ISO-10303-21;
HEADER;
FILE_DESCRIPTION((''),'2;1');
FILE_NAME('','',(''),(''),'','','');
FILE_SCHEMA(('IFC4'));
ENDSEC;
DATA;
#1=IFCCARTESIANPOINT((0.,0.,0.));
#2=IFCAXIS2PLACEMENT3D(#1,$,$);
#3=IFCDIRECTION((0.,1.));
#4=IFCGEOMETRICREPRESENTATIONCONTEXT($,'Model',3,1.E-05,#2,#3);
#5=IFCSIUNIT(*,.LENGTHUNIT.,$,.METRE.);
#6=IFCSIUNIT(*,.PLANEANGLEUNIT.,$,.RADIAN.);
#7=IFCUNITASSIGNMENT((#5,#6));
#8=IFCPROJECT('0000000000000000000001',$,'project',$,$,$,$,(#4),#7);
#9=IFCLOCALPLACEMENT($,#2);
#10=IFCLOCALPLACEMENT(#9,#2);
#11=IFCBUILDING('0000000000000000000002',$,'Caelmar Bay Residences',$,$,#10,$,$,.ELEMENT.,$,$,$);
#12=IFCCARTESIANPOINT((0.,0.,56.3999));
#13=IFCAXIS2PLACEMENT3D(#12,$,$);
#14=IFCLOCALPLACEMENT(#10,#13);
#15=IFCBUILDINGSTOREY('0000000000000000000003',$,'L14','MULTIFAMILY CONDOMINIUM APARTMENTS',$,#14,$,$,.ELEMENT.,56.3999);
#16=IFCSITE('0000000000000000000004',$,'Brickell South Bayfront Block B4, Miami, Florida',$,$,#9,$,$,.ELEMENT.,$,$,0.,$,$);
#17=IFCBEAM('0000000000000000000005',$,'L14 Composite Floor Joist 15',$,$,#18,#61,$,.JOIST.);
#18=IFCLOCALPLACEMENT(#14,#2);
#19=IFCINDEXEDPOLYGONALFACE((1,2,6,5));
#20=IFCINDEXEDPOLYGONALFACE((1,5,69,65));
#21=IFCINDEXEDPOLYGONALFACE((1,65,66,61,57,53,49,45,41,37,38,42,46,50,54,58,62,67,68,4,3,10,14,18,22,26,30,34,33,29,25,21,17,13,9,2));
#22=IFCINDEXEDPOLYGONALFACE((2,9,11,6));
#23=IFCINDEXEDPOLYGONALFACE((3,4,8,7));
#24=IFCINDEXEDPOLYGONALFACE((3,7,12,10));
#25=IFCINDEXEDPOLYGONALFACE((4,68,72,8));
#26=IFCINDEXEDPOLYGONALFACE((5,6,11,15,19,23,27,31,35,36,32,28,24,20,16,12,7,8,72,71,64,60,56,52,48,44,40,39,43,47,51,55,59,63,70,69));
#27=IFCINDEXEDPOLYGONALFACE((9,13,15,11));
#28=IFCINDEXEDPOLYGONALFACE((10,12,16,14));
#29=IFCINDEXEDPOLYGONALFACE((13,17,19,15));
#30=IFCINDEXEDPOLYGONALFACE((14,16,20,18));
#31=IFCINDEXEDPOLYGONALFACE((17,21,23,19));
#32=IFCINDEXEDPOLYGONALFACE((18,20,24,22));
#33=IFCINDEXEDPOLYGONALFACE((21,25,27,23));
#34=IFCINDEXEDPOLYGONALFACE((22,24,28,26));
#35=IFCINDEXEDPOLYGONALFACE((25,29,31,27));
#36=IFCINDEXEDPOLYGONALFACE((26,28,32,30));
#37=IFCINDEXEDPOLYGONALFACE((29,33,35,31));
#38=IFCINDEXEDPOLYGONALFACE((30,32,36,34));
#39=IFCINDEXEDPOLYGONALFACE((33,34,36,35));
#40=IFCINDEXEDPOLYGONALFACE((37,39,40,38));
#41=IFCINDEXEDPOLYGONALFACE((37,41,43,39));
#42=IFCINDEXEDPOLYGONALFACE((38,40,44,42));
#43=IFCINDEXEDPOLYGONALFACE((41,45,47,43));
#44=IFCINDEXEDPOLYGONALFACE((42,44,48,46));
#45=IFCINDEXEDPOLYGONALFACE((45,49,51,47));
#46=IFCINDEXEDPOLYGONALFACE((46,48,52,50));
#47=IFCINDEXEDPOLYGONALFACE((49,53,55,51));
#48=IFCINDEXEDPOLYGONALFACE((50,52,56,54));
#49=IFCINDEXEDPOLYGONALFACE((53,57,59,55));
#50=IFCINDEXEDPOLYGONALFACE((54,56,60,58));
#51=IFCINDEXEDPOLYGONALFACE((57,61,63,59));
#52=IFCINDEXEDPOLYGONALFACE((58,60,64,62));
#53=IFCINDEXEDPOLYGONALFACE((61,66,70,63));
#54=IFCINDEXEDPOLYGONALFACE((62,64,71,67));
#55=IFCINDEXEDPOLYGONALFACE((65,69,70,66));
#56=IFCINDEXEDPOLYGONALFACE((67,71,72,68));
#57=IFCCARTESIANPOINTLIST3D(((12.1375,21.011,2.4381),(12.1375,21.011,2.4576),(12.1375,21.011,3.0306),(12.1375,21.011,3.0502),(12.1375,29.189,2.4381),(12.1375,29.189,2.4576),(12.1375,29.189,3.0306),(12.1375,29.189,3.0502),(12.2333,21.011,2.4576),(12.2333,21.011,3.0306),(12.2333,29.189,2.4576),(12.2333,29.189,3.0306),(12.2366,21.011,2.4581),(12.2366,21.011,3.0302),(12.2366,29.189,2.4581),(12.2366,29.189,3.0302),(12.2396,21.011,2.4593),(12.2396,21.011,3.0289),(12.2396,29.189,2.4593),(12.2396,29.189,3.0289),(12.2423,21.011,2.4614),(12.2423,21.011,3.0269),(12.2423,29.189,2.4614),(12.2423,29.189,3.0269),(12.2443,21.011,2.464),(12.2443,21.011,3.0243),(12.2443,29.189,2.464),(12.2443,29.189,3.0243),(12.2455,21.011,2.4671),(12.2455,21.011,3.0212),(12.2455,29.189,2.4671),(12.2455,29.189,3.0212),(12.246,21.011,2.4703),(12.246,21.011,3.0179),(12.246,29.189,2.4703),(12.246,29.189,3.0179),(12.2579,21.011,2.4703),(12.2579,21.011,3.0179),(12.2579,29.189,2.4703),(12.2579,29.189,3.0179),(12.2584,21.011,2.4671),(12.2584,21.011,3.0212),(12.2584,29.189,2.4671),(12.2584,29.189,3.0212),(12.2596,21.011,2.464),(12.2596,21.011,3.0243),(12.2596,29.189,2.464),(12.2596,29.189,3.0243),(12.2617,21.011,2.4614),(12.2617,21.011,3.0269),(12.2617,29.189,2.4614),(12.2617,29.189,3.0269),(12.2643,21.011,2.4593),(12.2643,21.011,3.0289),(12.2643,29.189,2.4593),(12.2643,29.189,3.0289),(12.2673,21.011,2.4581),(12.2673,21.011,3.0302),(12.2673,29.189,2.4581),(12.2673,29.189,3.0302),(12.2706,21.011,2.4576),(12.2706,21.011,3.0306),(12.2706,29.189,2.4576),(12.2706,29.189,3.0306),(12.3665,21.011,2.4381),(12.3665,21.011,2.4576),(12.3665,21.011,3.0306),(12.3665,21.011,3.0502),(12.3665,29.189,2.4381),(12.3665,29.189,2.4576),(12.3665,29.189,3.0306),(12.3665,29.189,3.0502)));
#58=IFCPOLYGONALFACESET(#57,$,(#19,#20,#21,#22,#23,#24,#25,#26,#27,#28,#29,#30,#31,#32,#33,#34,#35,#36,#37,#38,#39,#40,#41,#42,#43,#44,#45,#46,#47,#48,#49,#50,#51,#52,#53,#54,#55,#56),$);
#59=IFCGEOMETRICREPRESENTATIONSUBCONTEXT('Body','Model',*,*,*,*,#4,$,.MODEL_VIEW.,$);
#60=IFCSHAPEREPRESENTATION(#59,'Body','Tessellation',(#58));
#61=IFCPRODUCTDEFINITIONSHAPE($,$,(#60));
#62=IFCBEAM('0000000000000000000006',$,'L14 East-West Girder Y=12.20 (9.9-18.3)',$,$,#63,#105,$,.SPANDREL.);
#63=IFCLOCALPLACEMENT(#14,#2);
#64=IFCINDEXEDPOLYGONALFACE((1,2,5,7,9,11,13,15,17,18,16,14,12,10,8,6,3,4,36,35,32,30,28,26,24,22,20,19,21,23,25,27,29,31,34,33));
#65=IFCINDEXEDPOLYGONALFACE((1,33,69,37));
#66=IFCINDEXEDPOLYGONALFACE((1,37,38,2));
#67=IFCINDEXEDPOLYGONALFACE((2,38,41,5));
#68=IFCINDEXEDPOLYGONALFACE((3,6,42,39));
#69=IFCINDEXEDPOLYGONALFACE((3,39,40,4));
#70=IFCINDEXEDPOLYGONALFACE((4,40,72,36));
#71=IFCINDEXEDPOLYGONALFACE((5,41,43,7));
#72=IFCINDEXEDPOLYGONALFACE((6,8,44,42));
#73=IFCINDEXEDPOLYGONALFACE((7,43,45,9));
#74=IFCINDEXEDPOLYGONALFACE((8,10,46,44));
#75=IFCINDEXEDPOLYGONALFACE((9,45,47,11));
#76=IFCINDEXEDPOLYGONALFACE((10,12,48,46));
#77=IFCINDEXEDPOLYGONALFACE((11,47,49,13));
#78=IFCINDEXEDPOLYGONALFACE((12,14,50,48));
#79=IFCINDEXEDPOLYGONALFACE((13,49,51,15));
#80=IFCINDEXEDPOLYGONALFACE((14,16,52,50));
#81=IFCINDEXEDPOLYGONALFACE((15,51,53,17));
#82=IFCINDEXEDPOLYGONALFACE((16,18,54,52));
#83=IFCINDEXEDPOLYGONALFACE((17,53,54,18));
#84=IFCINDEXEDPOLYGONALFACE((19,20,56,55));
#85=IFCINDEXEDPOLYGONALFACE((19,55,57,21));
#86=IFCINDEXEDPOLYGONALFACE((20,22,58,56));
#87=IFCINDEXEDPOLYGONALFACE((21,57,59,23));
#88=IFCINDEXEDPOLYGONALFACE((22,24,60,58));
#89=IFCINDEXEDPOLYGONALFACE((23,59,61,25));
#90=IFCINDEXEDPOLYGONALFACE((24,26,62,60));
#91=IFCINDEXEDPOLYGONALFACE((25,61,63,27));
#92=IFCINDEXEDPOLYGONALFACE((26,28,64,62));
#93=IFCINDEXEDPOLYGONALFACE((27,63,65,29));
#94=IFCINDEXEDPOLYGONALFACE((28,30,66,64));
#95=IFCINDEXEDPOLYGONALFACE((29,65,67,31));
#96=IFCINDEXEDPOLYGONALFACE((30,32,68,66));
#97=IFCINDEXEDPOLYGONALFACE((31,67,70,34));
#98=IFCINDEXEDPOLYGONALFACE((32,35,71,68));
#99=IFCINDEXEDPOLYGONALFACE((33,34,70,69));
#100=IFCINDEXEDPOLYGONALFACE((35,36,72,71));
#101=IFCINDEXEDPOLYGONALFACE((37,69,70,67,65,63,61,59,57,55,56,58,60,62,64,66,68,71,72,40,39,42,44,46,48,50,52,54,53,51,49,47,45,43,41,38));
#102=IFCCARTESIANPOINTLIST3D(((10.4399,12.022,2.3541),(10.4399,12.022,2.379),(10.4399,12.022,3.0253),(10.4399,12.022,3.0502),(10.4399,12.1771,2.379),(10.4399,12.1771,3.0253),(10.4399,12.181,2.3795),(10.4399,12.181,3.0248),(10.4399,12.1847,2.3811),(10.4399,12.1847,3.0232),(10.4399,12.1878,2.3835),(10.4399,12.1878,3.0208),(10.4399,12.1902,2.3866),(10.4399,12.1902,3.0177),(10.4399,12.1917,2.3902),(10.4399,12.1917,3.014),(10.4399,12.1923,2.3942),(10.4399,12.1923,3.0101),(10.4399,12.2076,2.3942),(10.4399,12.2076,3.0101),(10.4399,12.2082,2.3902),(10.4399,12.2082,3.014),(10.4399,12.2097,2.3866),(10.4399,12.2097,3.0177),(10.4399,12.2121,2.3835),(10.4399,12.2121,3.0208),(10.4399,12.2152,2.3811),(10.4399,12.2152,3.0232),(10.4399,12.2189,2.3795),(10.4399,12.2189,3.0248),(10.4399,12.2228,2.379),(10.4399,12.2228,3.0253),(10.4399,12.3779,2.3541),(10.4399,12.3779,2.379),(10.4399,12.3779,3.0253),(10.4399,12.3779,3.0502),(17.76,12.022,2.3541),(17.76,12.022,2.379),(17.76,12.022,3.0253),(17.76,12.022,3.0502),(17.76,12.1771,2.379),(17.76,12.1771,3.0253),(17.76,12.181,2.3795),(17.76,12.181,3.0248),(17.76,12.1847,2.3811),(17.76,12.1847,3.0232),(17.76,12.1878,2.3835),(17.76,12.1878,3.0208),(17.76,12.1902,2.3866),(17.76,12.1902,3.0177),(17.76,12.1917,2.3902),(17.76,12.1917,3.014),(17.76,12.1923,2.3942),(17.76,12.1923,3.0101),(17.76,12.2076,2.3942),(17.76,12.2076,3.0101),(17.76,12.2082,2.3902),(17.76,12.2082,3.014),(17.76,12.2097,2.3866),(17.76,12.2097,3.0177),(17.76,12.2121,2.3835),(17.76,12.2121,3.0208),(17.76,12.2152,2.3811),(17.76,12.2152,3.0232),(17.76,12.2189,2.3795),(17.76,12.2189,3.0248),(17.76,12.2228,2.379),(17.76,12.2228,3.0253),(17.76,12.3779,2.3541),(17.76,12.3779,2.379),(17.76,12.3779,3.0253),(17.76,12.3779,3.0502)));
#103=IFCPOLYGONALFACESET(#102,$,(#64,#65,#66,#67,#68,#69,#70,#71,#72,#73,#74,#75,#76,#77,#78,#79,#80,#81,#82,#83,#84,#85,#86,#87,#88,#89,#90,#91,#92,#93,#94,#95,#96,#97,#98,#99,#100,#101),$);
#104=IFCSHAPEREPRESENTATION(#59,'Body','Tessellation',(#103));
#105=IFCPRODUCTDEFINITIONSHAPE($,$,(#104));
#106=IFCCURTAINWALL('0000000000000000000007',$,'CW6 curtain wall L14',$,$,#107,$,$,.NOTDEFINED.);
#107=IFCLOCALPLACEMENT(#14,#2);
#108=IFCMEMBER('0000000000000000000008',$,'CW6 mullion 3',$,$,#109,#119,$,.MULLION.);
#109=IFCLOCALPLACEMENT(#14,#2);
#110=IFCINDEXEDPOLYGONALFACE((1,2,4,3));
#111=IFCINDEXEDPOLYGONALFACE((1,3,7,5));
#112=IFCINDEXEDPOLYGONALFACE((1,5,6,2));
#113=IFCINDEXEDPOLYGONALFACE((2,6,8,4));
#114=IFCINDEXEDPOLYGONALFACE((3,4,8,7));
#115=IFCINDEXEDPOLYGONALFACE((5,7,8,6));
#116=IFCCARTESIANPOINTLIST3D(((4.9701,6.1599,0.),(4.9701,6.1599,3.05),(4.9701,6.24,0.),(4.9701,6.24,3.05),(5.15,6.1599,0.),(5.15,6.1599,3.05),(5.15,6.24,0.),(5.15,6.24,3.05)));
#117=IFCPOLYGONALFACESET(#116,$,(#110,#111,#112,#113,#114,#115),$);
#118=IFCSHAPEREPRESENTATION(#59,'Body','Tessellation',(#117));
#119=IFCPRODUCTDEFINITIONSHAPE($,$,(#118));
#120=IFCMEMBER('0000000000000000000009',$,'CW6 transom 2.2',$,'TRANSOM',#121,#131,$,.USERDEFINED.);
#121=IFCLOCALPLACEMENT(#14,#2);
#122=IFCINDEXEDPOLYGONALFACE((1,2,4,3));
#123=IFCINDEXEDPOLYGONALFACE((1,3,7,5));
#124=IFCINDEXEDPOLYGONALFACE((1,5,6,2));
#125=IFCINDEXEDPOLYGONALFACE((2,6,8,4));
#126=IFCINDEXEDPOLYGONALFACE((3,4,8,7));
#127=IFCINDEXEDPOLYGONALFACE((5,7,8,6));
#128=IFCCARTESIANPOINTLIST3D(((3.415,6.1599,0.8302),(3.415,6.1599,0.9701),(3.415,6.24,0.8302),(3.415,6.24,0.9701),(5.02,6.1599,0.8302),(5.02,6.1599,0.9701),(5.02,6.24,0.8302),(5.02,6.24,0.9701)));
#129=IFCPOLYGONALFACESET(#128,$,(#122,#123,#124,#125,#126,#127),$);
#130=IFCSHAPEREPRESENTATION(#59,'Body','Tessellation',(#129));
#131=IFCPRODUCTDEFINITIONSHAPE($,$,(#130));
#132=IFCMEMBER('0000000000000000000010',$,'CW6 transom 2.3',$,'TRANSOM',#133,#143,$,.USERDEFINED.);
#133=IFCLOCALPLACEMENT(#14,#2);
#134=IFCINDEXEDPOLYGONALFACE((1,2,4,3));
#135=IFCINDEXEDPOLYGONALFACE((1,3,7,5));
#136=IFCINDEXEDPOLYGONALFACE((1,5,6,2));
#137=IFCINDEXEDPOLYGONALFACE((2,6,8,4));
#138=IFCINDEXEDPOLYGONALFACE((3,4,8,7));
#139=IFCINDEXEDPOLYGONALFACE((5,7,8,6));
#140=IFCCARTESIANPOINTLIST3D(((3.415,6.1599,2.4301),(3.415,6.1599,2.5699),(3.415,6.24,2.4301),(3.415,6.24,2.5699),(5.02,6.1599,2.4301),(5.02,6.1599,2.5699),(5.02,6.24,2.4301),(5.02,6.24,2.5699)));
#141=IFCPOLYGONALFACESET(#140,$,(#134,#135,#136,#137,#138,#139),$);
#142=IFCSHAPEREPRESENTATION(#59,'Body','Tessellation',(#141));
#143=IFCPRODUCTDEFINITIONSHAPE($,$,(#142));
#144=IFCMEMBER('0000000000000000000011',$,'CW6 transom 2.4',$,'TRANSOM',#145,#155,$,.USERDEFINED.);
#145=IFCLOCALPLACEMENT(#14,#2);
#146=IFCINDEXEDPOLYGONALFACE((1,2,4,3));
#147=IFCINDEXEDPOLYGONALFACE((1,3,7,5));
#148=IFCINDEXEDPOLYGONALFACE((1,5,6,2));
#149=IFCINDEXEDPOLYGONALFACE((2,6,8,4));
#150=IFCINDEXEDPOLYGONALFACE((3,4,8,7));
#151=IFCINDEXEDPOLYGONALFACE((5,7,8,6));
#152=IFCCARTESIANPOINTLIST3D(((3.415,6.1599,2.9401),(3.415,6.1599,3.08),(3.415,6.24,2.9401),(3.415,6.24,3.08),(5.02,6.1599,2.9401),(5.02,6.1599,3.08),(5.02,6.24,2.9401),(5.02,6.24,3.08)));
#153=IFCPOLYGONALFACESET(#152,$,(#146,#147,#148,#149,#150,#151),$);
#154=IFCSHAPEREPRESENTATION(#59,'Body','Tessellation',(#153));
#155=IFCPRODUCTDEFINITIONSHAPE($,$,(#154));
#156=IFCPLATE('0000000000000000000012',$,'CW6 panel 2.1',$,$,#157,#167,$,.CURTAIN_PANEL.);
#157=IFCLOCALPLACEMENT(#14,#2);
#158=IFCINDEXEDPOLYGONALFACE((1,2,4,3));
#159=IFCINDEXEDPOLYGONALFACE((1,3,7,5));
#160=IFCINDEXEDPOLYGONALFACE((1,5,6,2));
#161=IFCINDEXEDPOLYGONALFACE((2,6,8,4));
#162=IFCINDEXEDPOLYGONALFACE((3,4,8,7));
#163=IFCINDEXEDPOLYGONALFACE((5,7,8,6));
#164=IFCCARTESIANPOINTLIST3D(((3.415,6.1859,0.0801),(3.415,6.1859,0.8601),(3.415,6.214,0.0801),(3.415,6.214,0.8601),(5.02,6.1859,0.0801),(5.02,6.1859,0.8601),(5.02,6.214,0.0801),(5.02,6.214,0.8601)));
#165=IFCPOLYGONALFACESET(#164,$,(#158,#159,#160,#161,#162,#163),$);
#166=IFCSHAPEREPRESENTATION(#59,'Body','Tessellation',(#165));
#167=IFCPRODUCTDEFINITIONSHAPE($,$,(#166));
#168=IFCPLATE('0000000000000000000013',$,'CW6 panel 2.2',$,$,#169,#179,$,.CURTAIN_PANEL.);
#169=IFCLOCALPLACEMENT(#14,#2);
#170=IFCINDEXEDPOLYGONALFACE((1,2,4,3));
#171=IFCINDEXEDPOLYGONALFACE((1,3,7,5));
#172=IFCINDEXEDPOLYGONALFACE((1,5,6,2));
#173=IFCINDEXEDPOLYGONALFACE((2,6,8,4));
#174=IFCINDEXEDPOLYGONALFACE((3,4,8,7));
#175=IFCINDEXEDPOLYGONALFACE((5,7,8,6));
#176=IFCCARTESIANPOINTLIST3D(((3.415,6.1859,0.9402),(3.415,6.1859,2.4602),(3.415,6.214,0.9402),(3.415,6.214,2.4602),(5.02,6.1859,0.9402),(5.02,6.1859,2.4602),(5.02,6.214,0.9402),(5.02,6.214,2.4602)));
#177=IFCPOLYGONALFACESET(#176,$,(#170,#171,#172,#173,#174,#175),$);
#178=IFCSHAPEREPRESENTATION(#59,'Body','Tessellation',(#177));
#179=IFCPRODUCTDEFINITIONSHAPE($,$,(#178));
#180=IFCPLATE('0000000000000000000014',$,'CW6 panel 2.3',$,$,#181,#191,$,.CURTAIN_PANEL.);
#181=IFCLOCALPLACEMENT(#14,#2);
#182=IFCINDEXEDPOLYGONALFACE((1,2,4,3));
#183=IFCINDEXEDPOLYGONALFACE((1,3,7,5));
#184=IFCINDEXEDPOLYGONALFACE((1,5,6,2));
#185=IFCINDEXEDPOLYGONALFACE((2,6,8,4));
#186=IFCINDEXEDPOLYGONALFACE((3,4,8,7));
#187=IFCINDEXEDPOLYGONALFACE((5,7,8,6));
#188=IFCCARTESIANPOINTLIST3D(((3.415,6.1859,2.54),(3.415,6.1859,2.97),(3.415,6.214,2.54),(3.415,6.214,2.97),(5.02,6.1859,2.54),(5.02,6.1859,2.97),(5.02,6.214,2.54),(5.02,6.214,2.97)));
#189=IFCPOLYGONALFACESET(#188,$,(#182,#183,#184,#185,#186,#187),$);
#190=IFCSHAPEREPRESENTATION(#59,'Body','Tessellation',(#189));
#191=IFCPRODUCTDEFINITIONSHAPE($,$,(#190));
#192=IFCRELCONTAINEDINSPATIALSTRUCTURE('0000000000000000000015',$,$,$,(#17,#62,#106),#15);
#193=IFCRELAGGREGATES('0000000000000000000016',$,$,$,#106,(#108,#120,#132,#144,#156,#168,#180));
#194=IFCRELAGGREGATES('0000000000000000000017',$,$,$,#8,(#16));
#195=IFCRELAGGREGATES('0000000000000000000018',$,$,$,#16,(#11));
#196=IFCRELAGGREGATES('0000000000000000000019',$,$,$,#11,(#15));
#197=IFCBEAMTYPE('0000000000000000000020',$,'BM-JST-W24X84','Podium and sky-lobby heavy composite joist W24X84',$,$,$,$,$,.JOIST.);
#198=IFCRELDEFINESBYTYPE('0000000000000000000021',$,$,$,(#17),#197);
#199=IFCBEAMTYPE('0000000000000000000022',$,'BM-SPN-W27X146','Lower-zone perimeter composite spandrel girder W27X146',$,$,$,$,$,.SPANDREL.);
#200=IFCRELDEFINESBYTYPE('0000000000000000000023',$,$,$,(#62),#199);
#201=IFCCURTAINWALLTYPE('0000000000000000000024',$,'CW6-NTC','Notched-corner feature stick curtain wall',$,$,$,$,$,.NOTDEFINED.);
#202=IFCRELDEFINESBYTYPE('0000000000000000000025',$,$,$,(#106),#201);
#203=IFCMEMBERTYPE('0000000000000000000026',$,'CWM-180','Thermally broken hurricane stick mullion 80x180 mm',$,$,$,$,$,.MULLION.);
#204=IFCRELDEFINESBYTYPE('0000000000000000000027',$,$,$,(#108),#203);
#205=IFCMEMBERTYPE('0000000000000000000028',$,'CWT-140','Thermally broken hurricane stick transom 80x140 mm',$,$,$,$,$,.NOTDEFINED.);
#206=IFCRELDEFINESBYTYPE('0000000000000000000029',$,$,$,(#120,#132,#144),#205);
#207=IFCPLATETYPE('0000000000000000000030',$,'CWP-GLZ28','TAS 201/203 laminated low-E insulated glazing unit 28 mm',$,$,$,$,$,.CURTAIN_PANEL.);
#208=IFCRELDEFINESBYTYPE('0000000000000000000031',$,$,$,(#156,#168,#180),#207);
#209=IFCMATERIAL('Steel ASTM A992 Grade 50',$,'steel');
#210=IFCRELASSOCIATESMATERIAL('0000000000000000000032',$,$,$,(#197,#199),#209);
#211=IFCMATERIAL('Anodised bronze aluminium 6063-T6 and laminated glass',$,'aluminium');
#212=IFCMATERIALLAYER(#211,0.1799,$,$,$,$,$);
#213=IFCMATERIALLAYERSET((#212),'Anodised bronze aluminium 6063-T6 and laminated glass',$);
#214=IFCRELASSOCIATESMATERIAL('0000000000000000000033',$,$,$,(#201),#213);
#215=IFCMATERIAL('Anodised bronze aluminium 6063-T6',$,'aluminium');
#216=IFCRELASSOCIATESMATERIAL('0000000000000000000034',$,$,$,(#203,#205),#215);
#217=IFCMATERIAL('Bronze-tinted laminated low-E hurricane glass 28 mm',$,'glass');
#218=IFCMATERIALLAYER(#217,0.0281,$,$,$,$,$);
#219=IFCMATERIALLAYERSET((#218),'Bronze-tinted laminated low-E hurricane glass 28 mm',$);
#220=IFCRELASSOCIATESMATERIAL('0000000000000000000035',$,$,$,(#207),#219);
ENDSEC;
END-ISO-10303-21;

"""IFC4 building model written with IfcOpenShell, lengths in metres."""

from ifc_helpers import new_model, si_unit, direction, frame, origin, origin_2d, place, context, subcontext, project, spatial, rectangle, i_section, extrude, material, layer, layer_set, material_profile, profile_set, type_object, element, aggregate, save


model = new_model("IFC4")

# Units and contexts
model_context = context("Model", 3, precision=1e-05, world=origin(), true_north=direction((0.0, 1.0)))
body_context = subcontext(model_context, "Body", "Model", "MODEL_VIEW")
ifc_project = project(units=[si_unit("LENGTHUNIT", "METRE"), si_unit("PLANEANGLEUNIT", "RADIAN")], contexts=[model_context])

# Site, building, storey
site_placement = place(None, origin())
site = spatial("IfcSite", under=ifc_project, at=site_placement, Name="Brickell South Bayfront Block B4, Miami, Florida", CompositionType="ELEMENT", RefElevation=0.0)
building_placement = place(site_placement, origin())
building = spatial("IfcBuilding", under=site, at=building_placement, Name="Caelmar Bay Residences", CompositionType="ELEMENT")
storey_placement = place(building_placement, frame((0.0, 0.0, 56.3999)))
storey = spatial("IfcBuildingStorey", under=building, at=storey_placement, Name="L14", Description="MULTIFAMILY CONDOMINIUM APARTMENTS", CompositionType="ELEMENT", Elevation=56.3999)

# Beams
ifc_material_1 = material(Name="Steel ASTM A992 Grade 50", Category="steel")
ifc_material_profile_1 = material_profile(ifc_material_1, i_section(OverallWidth=0.229, OverallDepth=0.6121, WebThickness=0.012, FlangeThickness=0.0195, FilletRadius=0.0127, at=origin_2d()), Name="W24X84")
ifc_profile_set_1 = profile_set([ifc_material_profile_1], Name="Steel ASTM A992 Grade 50")
beam_type_1 = type_object("IfcBeamType", Name="BM-JST-W24X84", Description="Podium and sky-lobby heavy composite joist W24X84", PredefinedType="JOIST", material=ifc_profile_set_1)
beam_1_placement = place(storey_placement, frame((12.252, 21.011, 2.7441), z_axis=(0.0, 1.0, 0.0), x_axis=(-1.0, 0.0, 0.0)))
element("IfcBeam", 1, at=beam_1_placement, inside=storey, type_object=beam_type_1, Name="L14 Composite Floor Joist 15", PredefinedType="JOIST", context=body_context, shape_type="SweptSolid", body=[
    extrude(i_section(OverallWidth=0.229, OverallDepth=0.6121, WebThickness=0.012, FlangeThickness=0.0195, FilletRadius=0.0127, at=origin_2d()), origin(), (0.0, 0.0, 1.0), 8.178),
])
ifc_material_profile_2 = material_profile(ifc_material_1, i_section(OverallWidth=0.356, OverallDepth=0.696, WebThickness=0.0154, FlangeThickness=0.0249, FilletRadius=0.0151, at=origin_2d()), Name="W27X146")
ifc_profile_set_2 = profile_set([ifc_material_profile_2], Name="Steel ASTM A992 Grade 50")
beam_type_2 = type_object("IfcBeamType", Name="BM-SPN-W27X146", Description="Lower-zone perimeter composite spandrel girder W27X146", PredefinedType="SPANDREL", material=ifc_profile_set_2)
beam_2_placement = place(storey_placement, frame((10.4399, 12.2, 2.7021), z_axis=(1.0, 0.0, 0.0), x_axis=(0.0, 1.0, 0.0)))
element("IfcBeam", 2, at=beam_2_placement, inside=storey, type_object=beam_type_2, Name="L14 East-West Girder Y=12.20 (9.9-18.3)", PredefinedType="SPANDREL", context=body_context, shape_type="SweptSolid", body=[
    extrude(i_section(OverallWidth=0.356, OverallDepth=0.696, WebThickness=0.0154, FlangeThickness=0.0249, FilletRadius=0.0151, at=origin_2d()), origin(), (0.0, 0.0, 1.0), 7.3201),
])

# Curtain wall, members, plates
ifc_material_2 = material(Name="Anodised bronze aluminium 6063-T6 and laminated glass", Category="aluminium")
ifc_layer_1 = layer(ifc_material_2, 0.1799)
ifc_layer_set_1 = layer_set([ifc_layer_1], Name="Anodised bronze aluminium 6063-T6 and laminated glass")
curtain_wall_type = type_object("IfcCurtainWallType", Name="CW6-NTC", Description="Notched-corner feature stick curtain wall", PredefinedType="NOTDEFINED", material=ifc_layer_set_1)
curtain_wall_placement = place(storey_placement, origin())
curtain_wall = element("IfcCurtainWall", 3, at=curtain_wall_placement, inside=storey, type_object=curtain_wall_type, Name="CW6 curtain wall L14", PredefinedType="NOTDEFINED")
ifc_material_3 = material(Name="Anodised bronze aluminium 6063-T6", Category="aluminium")
ifc_material_profile_3 = material_profile(ifc_material_3, rectangle(XDim=0.0801, YDim=0.1799, at=origin_2d()), Name="CWM-80X180")
ifc_profile_set_3 = profile_set([ifc_material_profile_3], Name="Anodised bronze aluminium 6063-T6")
member_type_1 = type_object("IfcMemberType", Name="CWM-180", Description="Thermally broken hurricane stick mullion 80x180 mm", PredefinedType="MULLION", material=ifc_profile_set_3)
member_1_placement = place(storey_placement, frame((5.0601, 6.2, 0.0), z_axis=(0.0, 0.0, 1.0), x_axis=(0.0, 1.0, 0.0)))
member_1 = element("IfcMember", 4, at=member_1_placement, type_object=member_type_1, Name="CW6 mullion 3", PredefinedType="MULLION", context=body_context, shape_type="SweptSolid", body=[
    extrude(rectangle(XDim=0.0801, YDim=0.1799, at=origin_2d()), origin(), (0.0, 0.0, 1.0), 3.05),
])
ifc_material_profile_4 = material_profile(ifc_material_3, rectangle(XDim=0.0801, YDim=0.1399, at=origin_2d()), Name="CWT-80X140")
ifc_profile_set_4 = profile_set([ifc_material_profile_4], Name="Anodised bronze aluminium 6063-T6")
member_type_2 = type_object("IfcMemberType", Name="CWT-140", Description="Thermally broken hurricane stick transom 80x140 mm", PredefinedType="NOTDEFINED", material=ifc_profile_set_4)
member_2_placement = place(storey_placement, frame((3.415, 6.2, 0.9001), z_axis=(1.0, 0.0, 0.0), x_axis=(0.0, 1.0, 0.0)))
member_2 = element("IfcMember", 5, at=member_2_placement, type_object=member_type_2, Name="CW6 transom 2.2", ObjectType="TRANSOM", PredefinedType="USERDEFINED", context=body_context, shape_type="SweptSolid", body=[
    extrude(rectangle(XDim=0.0801, YDim=0.1399, at=origin_2d()), origin(), (0.0, 0.0, 1.0), 1.605),
])
member_3_placement = place(storey_placement, frame((3.415, 6.2, 2.5), z_axis=(1.0, 0.0, 0.0), x_axis=(0.0, 1.0, 0.0)))
member_3 = element("IfcMember", 6, at=member_3_placement, type_object=member_type_2, Name="CW6 transom 2.3", ObjectType="TRANSOM", PredefinedType="USERDEFINED", context=body_context, shape_type="SweptSolid", body=[
    extrude(rectangle(XDim=0.0801, YDim=0.1399, at=origin_2d()), origin(), (0.0, 0.0, 1.0), 1.605),
])
member_4_placement = place(storey_placement, frame((3.415, 6.2, 3.01), z_axis=(1.0, 0.0, 0.0), x_axis=(0.0, 1.0, 0.0)))
member_4 = element("IfcMember", 7, at=member_4_placement, type_object=member_type_2, Name="CW6 transom 2.4", ObjectType="TRANSOM", PredefinedType="USERDEFINED", context=body_context, shape_type="SweptSolid", body=[
    extrude(rectangle(XDim=0.0801, YDim=0.1399, at=origin_2d()), origin(), (0.0, 0.0, 1.0), 1.605),
])
ifc_material_4 = material(Name="Bronze-tinted laminated low-E hurricane glass 28 mm", Category="glass")
ifc_layer_2 = layer(ifc_material_4, 0.0281)
ifc_layer_set_2 = layer_set([ifc_layer_2], Name="Bronze-tinted laminated low-E hurricane glass 28 mm")
plate_type = type_object("IfcPlateType", Name="CWP-GLZ28", Description="TAS 201/203 laminated low-E insulated glazing unit 28 mm", PredefinedType="CURTAIN_PANEL", material=ifc_layer_set_2)
plate_1_placement = place(storey_placement, frame((4.2175, 6.2, 0.0801), z_axis=(0.0, 0.0, 1.0), x_axis=(1.0, 0.0, 0.0)))
plate_1 = element("IfcPlate", 8, at=plate_1_placement, type_object=plate_type, Name="CW6 panel 2.1", PredefinedType="CURTAIN_PANEL", context=body_context, shape_type="SweptSolid", body=[
    extrude(rectangle(XDim=1.605, YDim=0.0281, at=origin_2d()), origin(), (0.0, 0.0, 1.0), 0.78),
])
plate_2_placement = place(storey_placement, frame((4.2175, 6.2, 0.9402), z_axis=(0.0, 0.0, 1.0), x_axis=(1.0, 0.0, 0.0)))
plate_2 = element("IfcPlate", 9, at=plate_2_placement, type_object=plate_type, Name="CW6 panel 2.2", PredefinedType="CURTAIN_PANEL", context=body_context, shape_type="SweptSolid", body=[
    extrude(rectangle(XDim=1.605, YDim=0.0281, at=origin_2d()), origin(), (0.0, 0.0, 1.0), 1.52),
])
plate_3_placement = place(storey_placement, frame((4.2175, 6.2, 2.54), z_axis=(0.0, 0.0, 1.0), x_axis=(1.0, 0.0, 0.0)))
plate_3 = element("IfcPlate", 10, at=plate_3_placement, type_object=plate_type, Name="CW6 panel 2.3", PredefinedType="CURTAIN_PANEL", context=body_context, shape_type="SweptSolid", body=[
    extrude(rectangle(XDim=1.605, YDim=0.0281, at=origin_2d()), origin(), (0.0, 0.0, 1.0), 0.4299),
])
aggregate(curtain_wall, [member_1, member_2, member_3, member_4, plate_1, plate_2, plate_3])

save(model, "model.ifc")
